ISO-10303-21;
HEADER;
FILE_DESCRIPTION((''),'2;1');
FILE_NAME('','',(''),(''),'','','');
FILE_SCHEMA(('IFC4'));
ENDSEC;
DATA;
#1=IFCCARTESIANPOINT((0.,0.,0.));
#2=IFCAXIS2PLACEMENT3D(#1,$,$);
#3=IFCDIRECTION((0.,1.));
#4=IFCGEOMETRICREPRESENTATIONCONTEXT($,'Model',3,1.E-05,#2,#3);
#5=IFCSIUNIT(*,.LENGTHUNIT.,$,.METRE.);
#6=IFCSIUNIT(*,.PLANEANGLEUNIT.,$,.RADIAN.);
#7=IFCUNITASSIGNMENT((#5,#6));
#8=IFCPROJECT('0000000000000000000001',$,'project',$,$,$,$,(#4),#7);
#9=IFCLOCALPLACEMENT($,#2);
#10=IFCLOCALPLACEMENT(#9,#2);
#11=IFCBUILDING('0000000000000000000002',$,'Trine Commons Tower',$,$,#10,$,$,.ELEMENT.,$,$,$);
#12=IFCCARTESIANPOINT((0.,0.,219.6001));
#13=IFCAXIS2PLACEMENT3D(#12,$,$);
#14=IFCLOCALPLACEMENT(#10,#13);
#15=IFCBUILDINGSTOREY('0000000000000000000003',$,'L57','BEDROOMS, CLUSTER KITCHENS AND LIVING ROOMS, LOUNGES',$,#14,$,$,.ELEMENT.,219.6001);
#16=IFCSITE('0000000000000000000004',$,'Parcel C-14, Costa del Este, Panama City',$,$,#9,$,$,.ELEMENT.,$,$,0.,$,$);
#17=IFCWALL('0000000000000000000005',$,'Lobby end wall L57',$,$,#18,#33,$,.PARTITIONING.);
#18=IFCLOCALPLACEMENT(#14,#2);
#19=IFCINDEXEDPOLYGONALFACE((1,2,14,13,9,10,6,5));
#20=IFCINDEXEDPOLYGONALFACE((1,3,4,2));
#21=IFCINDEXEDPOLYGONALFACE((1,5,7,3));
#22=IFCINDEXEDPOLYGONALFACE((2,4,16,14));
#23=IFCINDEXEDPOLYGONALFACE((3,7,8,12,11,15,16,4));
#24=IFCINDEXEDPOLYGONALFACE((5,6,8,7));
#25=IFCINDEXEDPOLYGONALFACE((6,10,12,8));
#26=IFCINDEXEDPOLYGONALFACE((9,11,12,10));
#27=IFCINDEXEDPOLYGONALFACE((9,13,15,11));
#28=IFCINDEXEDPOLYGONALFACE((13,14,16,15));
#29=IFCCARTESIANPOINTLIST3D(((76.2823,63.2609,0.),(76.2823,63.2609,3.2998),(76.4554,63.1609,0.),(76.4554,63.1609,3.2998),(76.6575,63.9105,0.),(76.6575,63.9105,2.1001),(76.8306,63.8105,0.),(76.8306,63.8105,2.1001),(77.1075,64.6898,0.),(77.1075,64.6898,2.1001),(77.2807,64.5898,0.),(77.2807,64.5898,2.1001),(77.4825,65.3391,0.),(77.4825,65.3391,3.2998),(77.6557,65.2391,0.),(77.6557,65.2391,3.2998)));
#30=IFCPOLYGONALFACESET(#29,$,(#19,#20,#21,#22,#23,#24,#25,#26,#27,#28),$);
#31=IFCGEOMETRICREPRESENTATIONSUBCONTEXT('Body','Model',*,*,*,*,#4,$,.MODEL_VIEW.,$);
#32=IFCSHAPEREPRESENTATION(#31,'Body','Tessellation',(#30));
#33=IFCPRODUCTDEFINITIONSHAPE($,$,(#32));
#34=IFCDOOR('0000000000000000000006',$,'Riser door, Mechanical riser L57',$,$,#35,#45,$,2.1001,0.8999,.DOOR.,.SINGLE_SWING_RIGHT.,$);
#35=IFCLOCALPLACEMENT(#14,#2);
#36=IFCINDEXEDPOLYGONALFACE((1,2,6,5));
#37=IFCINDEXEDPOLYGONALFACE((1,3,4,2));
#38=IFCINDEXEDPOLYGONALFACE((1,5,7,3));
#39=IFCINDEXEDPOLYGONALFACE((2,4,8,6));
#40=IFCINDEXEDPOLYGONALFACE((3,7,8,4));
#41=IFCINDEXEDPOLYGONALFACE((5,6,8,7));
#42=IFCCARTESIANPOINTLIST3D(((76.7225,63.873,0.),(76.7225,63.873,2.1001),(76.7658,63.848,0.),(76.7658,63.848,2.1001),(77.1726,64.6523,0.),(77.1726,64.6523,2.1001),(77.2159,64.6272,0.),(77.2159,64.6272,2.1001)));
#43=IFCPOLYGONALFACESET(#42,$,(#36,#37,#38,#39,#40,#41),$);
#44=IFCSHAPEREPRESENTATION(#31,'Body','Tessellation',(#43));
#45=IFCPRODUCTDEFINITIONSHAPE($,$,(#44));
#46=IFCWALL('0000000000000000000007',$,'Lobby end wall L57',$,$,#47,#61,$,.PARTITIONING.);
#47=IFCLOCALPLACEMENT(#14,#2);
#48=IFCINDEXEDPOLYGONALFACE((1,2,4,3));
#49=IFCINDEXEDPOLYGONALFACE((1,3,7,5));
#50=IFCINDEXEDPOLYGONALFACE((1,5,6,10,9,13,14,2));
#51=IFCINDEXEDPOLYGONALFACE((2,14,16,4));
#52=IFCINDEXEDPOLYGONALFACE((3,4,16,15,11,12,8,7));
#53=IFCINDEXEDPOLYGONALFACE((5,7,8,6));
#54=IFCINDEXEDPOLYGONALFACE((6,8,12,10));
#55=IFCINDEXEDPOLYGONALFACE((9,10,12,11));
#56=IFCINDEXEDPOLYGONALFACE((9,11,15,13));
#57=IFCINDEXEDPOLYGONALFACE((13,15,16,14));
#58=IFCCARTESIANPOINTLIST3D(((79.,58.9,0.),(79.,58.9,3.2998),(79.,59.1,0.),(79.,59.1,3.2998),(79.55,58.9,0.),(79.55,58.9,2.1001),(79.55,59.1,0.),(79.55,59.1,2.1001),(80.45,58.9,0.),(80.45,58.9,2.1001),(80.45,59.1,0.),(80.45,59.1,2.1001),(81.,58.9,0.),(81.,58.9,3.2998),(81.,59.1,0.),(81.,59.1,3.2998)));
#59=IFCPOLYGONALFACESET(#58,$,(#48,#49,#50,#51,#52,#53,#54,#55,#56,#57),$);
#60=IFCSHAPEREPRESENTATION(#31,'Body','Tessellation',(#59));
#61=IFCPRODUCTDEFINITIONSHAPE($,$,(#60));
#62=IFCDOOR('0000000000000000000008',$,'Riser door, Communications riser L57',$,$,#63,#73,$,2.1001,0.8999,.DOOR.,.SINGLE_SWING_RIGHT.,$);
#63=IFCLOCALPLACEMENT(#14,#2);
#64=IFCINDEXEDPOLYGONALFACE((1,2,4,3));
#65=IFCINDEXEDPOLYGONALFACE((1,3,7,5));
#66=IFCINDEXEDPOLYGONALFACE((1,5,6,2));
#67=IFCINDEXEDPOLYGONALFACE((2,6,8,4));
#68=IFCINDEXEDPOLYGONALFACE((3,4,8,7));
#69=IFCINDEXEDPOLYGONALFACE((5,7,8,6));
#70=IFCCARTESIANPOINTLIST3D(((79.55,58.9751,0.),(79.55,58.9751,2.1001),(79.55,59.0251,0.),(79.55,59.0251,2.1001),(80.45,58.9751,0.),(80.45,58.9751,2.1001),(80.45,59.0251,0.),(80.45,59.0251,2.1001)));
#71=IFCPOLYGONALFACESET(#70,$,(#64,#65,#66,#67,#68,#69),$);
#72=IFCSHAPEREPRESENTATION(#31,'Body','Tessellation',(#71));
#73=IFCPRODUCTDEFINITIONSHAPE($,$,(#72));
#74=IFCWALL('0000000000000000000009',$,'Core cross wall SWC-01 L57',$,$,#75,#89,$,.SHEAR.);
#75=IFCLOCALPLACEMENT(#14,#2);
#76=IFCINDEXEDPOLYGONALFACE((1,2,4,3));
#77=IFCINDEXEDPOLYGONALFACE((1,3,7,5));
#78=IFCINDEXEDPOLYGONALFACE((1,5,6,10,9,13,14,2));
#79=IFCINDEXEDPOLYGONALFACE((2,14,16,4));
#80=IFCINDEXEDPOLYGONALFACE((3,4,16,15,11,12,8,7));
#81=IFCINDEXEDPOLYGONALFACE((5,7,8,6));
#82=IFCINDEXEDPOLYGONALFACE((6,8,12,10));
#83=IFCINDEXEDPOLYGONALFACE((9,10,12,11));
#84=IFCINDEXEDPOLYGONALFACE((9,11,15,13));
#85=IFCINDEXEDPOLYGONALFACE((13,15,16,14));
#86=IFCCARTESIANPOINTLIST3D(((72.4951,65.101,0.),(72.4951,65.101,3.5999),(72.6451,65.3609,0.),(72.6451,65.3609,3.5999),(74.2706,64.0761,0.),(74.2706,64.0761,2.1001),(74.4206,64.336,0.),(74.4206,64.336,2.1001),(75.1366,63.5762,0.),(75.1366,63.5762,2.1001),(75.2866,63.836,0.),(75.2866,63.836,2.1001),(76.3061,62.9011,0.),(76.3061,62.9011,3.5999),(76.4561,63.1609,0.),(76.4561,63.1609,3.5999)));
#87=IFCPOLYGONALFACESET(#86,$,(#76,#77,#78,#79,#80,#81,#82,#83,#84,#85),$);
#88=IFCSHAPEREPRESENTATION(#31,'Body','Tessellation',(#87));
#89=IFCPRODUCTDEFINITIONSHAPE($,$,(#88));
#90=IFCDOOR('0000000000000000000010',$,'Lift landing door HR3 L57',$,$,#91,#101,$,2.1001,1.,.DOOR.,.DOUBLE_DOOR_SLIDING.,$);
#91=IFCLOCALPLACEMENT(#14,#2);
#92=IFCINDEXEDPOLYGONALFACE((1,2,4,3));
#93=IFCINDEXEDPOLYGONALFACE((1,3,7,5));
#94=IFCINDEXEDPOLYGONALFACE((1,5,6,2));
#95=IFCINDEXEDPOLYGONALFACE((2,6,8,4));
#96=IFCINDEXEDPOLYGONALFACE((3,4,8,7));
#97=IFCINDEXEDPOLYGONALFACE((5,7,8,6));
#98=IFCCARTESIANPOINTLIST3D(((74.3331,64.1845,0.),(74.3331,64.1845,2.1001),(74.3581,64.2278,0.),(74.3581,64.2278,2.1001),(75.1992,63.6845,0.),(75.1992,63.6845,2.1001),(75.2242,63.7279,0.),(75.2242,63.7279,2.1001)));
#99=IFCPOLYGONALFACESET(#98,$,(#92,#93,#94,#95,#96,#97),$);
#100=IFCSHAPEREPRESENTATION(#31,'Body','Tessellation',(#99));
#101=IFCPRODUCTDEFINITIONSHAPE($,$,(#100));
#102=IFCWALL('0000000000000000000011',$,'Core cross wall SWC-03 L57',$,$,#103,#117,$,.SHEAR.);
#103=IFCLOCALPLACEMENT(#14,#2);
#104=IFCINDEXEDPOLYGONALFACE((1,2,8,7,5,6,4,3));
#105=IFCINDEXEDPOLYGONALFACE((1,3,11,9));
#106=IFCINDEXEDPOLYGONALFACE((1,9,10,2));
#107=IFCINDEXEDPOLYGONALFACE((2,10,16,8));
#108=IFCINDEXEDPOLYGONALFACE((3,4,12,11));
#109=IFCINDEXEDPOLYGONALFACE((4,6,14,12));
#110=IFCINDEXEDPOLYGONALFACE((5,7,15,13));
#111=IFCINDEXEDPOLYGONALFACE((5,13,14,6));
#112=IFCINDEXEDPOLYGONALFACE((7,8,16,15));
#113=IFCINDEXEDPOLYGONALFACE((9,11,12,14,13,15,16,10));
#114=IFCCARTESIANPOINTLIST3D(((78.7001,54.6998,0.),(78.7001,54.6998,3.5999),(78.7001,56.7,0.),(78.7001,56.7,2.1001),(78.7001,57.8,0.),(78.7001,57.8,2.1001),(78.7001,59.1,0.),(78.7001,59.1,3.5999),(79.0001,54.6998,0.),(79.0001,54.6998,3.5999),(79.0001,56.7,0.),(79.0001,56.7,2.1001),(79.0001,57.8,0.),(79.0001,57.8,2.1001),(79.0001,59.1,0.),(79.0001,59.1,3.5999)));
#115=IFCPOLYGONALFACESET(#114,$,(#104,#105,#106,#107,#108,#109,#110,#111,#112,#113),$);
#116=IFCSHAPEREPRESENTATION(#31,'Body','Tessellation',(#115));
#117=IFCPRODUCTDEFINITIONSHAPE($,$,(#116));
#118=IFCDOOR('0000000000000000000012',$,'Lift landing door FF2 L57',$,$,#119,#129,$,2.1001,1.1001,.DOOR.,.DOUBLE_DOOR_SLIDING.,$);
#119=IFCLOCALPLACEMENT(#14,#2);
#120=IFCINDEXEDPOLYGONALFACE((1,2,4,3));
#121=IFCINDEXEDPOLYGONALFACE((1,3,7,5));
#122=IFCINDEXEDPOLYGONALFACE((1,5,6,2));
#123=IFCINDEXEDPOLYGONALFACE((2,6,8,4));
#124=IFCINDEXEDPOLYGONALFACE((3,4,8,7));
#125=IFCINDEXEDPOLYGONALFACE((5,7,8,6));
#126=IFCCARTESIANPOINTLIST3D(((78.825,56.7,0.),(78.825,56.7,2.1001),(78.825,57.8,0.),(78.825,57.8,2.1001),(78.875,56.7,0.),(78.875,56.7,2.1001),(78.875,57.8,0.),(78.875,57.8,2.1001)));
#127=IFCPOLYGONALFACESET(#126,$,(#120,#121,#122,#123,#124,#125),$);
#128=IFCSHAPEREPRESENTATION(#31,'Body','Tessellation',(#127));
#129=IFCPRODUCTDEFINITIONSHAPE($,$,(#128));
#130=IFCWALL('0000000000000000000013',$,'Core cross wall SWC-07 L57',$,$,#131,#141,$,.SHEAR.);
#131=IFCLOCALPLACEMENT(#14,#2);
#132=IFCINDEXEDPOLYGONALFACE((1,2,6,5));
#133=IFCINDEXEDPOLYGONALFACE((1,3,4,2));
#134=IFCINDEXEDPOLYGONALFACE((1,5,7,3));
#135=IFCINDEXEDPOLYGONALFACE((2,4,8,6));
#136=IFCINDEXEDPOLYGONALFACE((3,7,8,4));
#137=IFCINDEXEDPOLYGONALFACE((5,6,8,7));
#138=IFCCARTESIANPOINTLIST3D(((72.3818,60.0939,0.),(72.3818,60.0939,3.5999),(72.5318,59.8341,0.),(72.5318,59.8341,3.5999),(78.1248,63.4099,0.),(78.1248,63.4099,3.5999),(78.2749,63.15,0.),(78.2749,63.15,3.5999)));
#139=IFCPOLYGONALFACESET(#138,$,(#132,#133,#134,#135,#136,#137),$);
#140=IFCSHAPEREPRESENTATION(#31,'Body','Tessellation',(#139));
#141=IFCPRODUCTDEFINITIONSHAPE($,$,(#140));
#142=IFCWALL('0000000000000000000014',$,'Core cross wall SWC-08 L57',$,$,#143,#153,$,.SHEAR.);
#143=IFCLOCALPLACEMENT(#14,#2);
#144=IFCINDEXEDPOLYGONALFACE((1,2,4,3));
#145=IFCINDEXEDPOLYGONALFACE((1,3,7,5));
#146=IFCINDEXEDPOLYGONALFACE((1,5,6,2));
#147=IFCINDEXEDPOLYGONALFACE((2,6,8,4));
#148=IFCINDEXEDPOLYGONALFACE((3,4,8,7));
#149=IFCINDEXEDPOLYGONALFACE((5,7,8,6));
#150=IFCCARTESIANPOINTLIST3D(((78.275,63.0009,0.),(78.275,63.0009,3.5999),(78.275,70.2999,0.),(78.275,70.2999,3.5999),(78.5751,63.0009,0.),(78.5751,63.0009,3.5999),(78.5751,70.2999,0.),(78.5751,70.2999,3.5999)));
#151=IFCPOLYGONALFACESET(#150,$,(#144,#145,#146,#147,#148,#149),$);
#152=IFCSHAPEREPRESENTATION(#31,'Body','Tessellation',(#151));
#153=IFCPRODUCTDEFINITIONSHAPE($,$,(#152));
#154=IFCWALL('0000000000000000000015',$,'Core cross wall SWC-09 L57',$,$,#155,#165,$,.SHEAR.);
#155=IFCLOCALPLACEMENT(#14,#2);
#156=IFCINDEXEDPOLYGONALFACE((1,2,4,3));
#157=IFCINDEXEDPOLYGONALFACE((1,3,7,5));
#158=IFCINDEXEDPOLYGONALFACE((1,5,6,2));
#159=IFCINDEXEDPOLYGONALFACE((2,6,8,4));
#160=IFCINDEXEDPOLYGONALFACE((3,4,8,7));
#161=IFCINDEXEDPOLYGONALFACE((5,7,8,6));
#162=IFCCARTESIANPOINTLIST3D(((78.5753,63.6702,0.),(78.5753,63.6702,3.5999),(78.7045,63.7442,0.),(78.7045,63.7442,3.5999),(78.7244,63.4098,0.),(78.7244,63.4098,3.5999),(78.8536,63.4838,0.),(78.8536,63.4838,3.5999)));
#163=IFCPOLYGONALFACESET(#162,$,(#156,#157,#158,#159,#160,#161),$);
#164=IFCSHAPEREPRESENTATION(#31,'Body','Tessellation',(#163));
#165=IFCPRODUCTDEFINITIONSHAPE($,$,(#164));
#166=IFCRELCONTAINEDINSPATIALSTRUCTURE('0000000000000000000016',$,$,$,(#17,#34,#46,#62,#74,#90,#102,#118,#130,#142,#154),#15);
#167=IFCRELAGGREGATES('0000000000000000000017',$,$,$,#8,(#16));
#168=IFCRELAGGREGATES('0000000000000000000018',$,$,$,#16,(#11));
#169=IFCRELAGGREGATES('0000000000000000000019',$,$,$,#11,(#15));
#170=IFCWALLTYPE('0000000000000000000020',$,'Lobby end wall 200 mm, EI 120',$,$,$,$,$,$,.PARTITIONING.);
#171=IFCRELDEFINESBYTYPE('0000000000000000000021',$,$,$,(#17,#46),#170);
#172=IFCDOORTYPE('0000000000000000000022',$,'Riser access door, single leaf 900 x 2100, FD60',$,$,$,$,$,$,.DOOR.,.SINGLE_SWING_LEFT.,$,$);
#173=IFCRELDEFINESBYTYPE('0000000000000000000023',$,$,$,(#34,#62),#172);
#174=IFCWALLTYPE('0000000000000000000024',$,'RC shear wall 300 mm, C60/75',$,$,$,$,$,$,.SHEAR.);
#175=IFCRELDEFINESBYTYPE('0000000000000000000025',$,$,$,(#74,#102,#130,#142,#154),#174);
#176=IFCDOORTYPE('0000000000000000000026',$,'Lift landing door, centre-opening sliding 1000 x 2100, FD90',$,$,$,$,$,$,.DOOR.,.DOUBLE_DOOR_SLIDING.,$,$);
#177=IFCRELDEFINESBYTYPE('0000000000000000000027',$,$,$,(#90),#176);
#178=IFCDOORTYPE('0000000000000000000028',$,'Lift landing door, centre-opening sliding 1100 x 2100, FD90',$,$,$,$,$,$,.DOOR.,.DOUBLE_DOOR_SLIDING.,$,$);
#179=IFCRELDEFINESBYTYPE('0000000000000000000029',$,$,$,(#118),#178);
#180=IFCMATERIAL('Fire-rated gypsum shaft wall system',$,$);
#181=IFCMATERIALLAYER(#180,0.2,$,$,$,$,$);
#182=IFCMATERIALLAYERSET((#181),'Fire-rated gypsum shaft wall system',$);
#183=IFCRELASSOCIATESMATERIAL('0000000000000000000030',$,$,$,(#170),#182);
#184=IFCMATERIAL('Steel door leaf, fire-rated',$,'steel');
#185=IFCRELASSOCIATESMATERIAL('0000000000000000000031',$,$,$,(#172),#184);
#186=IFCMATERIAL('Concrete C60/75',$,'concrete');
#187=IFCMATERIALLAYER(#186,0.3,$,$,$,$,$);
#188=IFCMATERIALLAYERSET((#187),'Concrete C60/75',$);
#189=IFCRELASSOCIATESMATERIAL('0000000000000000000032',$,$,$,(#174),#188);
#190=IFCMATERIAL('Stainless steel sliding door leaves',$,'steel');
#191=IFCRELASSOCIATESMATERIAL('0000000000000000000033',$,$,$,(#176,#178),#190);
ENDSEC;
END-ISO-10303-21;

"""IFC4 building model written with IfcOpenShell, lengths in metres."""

from ifc_helpers import new_model, si_unit, direction, frame, frame_2d, origin, place, context, subcontext, project, spatial, rectangle, extrude, material, layer, layer_set, type_object, element, fill, save


model = new_model("IFC4")

# Units and contexts
model_context = context("Model", 3, precision=1e-05, world=origin(), true_north=direction((0.0, 1.0)))
body_context = subcontext(model_context, "Body", "Model", "MODEL_VIEW")
ifc_project = project(units=[si_unit("LENGTHUNIT", "METRE"), si_unit("PLANEANGLEUNIT", "RADIAN")], contexts=[model_context])

# Site, building, storey
site_placement = place(None, origin())
site = spatial("IfcSite", under=ifc_project, at=site_placement, Name="Parcel C-14, Costa del Este, Panama City", CompositionType="ELEMENT", RefElevation=0.0)
building_placement = place(site_placement, origin())
building = spatial("IfcBuilding", under=site, at=building_placement, Name="Trine Commons Tower", CompositionType="ELEMENT")
storey_placement = place(building_placement, frame((0.0, 0.0, 219.6001)))
storey = spatial("IfcBuildingStorey", under=building, at=storey_placement, Name="L57", Description="BEDROOMS, CLUSTER KITCHENS AND LIVING ROOMS, LOUNGES", CompositionType="ELEMENT", Elevation=219.6001)

# Walls, openings, doors
ifc_material_1 = material(Name="Fire-rated gypsum shaft wall system")
ifc_layer_1 = layer(ifc_material_1, 0.2)
ifc_layer_set_1 = layer_set([ifc_layer_1], Name="Fire-rated gypsum shaft wall system")
wall_type_1 = type_object("IfcWallType", Name="Lobby end wall 200 mm, EI 120", PredefinedType="PARTITIONING", material=ifc_layer_set_1)
wall_1_placement = place(storey_placement, frame((77.5691, 65.2891, 0.0), z_axis=(0.0, 0.0, 1.0), x_axis=(-0.500122, -0.865955, 0.0)))
wall_1 = element("IfcWall", 1, at=wall_1_placement, inside=storey, type_object=wall_type_1, Name="Lobby end wall L57", PredefinedType="PARTITIONING", context=body_context, shape_type="SweptSolid", body=[
    extrude(rectangle(XDim=2.3999, YDim=0.2, at=frame_2d((1.2, 0.0))), origin(), (0.0, 0.0, 1.0), 3.2998),
])
opening_1_placement = place(wall_1_placement, frame((0.7498, 0.0, 0.0)))
opening_1 = element("IfcOpeningElement", 2, at=opening_1_placement, cuts=wall_1, PredefinedType="OPENING", context=body_context, shape_type="SweptSolid", body=[
    extrude(rectangle(XDim=0.8999, YDim=2.1001, at=frame_2d((0.45, 1.05))), frame((0.0, 0.1099, 0.0), z_axis=(0.0, -1.0, 0.0), x_axis=(1.0, 0.0, 0.0)), (0.0, 0.0, 1.0), 0.22),
])
ifc_material_2 = material(Name="Steel door leaf, fire-rated", Category="steel")
door_type_1 = type_object("IfcDoorType", Name="Riser access door, single leaf 900 x 2100, FD60", OperationType="SINGLE_SWING_LEFT", PredefinedType="DOOR", material=ifc_material_2)
door_1_placement = place(opening_1_placement, frame((0.8999, 0.0, 0.0), z_axis=(0.0, 0.0, 1.0), x_axis=(-1.0, 0.0, 0.0)))
door_1 = element("IfcDoor", 3, at=door_1_placement, inside=storey, type_object=door_type_1, Name="Riser door, Mechanical riser L57", OperationType="SINGLE_SWING_RIGHT", OverallHeight=2.1001, OverallWidth=0.8999, PredefinedType="DOOR", context=body_context, shape_type="SweptSolid", body=[
    extrude(rectangle(XDim=0.8999, YDim=2.1001, at=frame_2d((0.45, 1.05))), frame((0.0, 0.0249, 0.0), z_axis=(0.0, -1.0, 0.0), x_axis=(1.0, 0.0, 0.0)), (0.0, 0.0, 1.0), 0.05),
])
fill(opening_1, door_1)
wall_2_placement = place(storey_placement, frame((79.0, 59.0, 0.0), z_axis=(0.0, 0.0, 1.0), x_axis=(1.0, 0.0, 0.0)))
wall_2 = element("IfcWall", 4, at=wall_2_placement, inside=storey, type_object=wall_type_1, Name="Lobby end wall L57", PredefinedType="PARTITIONING", context=body_context, shape_type="SweptSolid", body=[
    extrude(rectangle(XDim=2.0, YDim=0.2, at=frame_2d((1.0, 0.0))), origin(), (0.0, 0.0, 1.0), 3.2998),
])
opening_2_placement = place(wall_2_placement, frame((0.55, 0.0, 0.0)))
opening_2 = element("IfcOpeningElement", 5, at=opening_2_placement, cuts=wall_2, PredefinedType="OPENING", context=body_context, shape_type="SweptSolid", body=[
    extrude(rectangle(XDim=0.8999, YDim=2.1001, at=frame_2d((0.45, 1.05))), frame((0.0, 0.1099, 0.0), z_axis=(0.0, -1.0, 0.0), x_axis=(1.0, 0.0, 0.0)), (0.0, 0.0, 1.0), 0.22),
])
door_2_placement = place(opening_2_placement, frame((0.8999, 0.0, 0.0), z_axis=(0.0, 0.0, 1.0), x_axis=(-1.0, 0.0, 0.0)))
door_2 = element("IfcDoor", 6, at=door_2_placement, inside=storey, type_object=door_type_1, Name="Riser door, Communications riser L57", OperationType="SINGLE_SWING_RIGHT", OverallHeight=2.1001, OverallWidth=0.8999, PredefinedType="DOOR", context=body_context, shape_type="SweptSolid", body=[
    extrude(rectangle(XDim=0.8999, YDim=2.1001, at=frame_2d((0.45, 1.05))), frame((0.0, 0.0249, 0.0), z_axis=(0.0, -1.0, 0.0), x_axis=(1.0, 0.0, 0.0)), (0.0, 0.0, 1.0), 0.05),
])
fill(opening_2, door_2)
ifc_material_3 = material(Name="Concrete C60/75", Category="concrete")
ifc_layer_2 = layer(ifc_material_3, 0.3)
ifc_layer_set_2 = layer_set([ifc_layer_2], Name="Concrete C60/75")
wall_type_2 = type_object("IfcWallType", Name="RC shear wall 300 mm, C60/75", PredefinedType="SHEAR", material=ifc_layer_set_2)
wall_3_placement = place(storey_placement, frame((76.3811, 63.031, 0.0), z_axis=(0.0, 0.0, 1.0), x_axis=(-0.86606, 0.49994, 0.0)))
wall_3 = element("IfcWall", 7, at=wall_3_placement, inside=storey, type_object=wall_type_2, Name="Core cross wall SWC-01 L57", PredefinedType="SHEAR", context=body_context, shape_type="SweptSolid", body=[
    extrude(rectangle(XDim=4.4004, YDim=0.3, at=frame_2d((2.2002, 0.0))), origin(), (0.0, 0.0, 1.0), 3.5999),
])
opening_3_placement = place(wall_3_placement, frame((1.3503, 0.0, 0.0)))
opening_3 = element("IfcOpeningElement", 8, at=opening_3_placement, cuts=wall_3, PredefinedType="OPENING", context=body_context, shape_type="SweptSolid", body=[
    extrude(rectangle(XDim=1.0, YDim=2.1001, at=frame_2d((0.5, 1.05))), frame((0.0, 0.1599, 0.0), z_axis=(0.0, -1.0, 0.0), x_axis=(1.0, 0.0, 0.0)), (0.0, 0.0, 1.0), 0.3201),
])
ifc_material_4 = material(Name="Stainless steel sliding door leaves", Category="steel")
door_type_2 = type_object("IfcDoorType", Name="Lift landing door, centre-opening sliding 1000 x 2100, FD90", OperationType="DOUBLE_DOOR_SLIDING", PredefinedType="DOOR", material=ifc_material_4)
door_3_placement = place(opening_3_placement, origin())
door_3 = element("IfcDoor", 9, at=door_3_placement, inside=storey, type_object=door_type_2, Name="Lift landing door HR3 L57", OperationType="DOUBLE_DOOR_SLIDING", OverallHeight=2.1001, OverallWidth=1.0, PredefinedType="DOOR", context=body_context, shape_type="SweptSolid", body=[
    extrude(rectangle(XDim=1.0, YDim=2.1001, at=frame_2d((0.5, 1.05))), frame((0.0, 0.0249, 0.0), z_axis=(0.0, -1.0, 0.0), x_axis=(1.0, 0.0, 0.0)), (0.0, 0.0, 1.0), 0.05),
])
fill(opening_3, door_3)
wall_4_placement = place(storey_placement, frame((78.8501, 59.1001, 0.0), z_axis=(0.0, 0.0, 1.0), x_axis=(0.0, -1.0, 0.0)))
wall_4 = element("IfcWall", 10, at=wall_4_placement, inside=storey, type_object=wall_type_2, Name="Core cross wall SWC-03 L57", PredefinedType="SHEAR", context=body_context, shape_type="SweptSolid", body=[
    extrude(rectangle(XDim=4.4001, YDim=0.3, at=frame_2d((2.2002, 0.0))), origin(), (0.0, 0.0, 1.0), 3.5999),
])
opening_4_placement = place(wall_4_placement, frame((1.3, 0.0, 0.0)))
opening_4 = element("IfcOpeningElement", 11, at=opening_4_placement, cuts=wall_4, PredefinedType="OPENING", context=body_context, shape_type="SweptSolid", body=[
    extrude(rectangle(XDim=1.1001, YDim=2.1001, at=frame_2d((0.55, 1.05))), frame((0.0, 0.1599, 0.0), z_axis=(0.0, -1.0, 0.0), x_axis=(1.0, 0.0, 0.0)), (0.0, 0.0, 1.0), 0.3201),
])
door_type_3 = type_object("IfcDoorType", Name="Lift landing door, centre-opening sliding 1100 x 2100, FD90", OperationType="DOUBLE_DOOR_SLIDING", PredefinedType="DOOR", material=ifc_material_4)
door_4_placement = place(opening_4_placement, origin())
door_4 = element("IfcDoor", 12, at=door_4_placement, inside=storey, type_object=door_type_3, Name="Lift landing door FF2 L57", OperationType="DOUBLE_DOOR_SLIDING", OverallHeight=2.1001, OverallWidth=1.1001, PredefinedType="DOOR", context=body_context, shape_type="SweptSolid", body=[
    extrude(rectangle(XDim=1.1001, YDim=2.1001, at=frame_2d((0.55, 1.05))), frame((0.0, 0.0249, 0.0), z_axis=(0.0, -1.0, 0.0), x_axis=(1.0, 0.0, 0.0)), (0.0, 0.0, 1.0), 0.05),
])
fill(opening_4, door_4)

# Walls
wall_5_placement = place(storey_placement, frame((78.2, 63.28, 0.0), z_axis=(0.0, 0.0, 1.0), x_axis=(-0.86601, -0.500027, 0.0)))
element("IfcWall", 13, at=wall_5_placement, inside=storey, type_object=wall_type_2, Name="Core cross wall SWC-07 L57", PredefinedType="SHEAR", context=body_context, shape_type="SweptSolid", body=[
    extrude(rectangle(XDim=6.6316, YDim=0.3, at=frame_2d((3.3159, 0.0))), origin(), (0.0, 0.0, 1.0), 3.5999),
])
wall_6_placement = place(storey_placement, frame((78.425, 63.001, 0.0), z_axis=(0.0, 0.0, 1.0), x_axis=(0.0, 1.0, 0.0)))
element("IfcWall", 14, at=wall_6_placement, inside=storey, type_object=wall_type_2, Name="Core cross wall SWC-08 L57", PredefinedType="SHEAR", context=body_context, shape_type="SweptSolid", body=[
    extrude(rectangle(XDim=7.2991, YDim=0.3, at=frame_2d((3.6494, 0.0))), origin(), (0.0, 0.0, 1.0), 3.5999),
])
wall_7_placement = place(storey_placement, frame((78.7791, 63.614, 0.0), z_axis=(0.0, 0.0, 1.0), x_axis=(-0.867738, -0.497022, 0.0)))
element("IfcWall", 15, at=wall_7_placement, inside=storey, type_object=wall_type_2, Name="Core cross wall SWC-09 L57", PredefinedType="SHEAR", context=body_context, shape_type="SweptSolid", body=[
    extrude(rectangle(XDim=0.1489, YDim=0.3, at=frame_2d((0.0745, 0.0))), origin(), (0.0, 0.0, 1.0), 3.5999),
])

save(model, "model.ifc")
